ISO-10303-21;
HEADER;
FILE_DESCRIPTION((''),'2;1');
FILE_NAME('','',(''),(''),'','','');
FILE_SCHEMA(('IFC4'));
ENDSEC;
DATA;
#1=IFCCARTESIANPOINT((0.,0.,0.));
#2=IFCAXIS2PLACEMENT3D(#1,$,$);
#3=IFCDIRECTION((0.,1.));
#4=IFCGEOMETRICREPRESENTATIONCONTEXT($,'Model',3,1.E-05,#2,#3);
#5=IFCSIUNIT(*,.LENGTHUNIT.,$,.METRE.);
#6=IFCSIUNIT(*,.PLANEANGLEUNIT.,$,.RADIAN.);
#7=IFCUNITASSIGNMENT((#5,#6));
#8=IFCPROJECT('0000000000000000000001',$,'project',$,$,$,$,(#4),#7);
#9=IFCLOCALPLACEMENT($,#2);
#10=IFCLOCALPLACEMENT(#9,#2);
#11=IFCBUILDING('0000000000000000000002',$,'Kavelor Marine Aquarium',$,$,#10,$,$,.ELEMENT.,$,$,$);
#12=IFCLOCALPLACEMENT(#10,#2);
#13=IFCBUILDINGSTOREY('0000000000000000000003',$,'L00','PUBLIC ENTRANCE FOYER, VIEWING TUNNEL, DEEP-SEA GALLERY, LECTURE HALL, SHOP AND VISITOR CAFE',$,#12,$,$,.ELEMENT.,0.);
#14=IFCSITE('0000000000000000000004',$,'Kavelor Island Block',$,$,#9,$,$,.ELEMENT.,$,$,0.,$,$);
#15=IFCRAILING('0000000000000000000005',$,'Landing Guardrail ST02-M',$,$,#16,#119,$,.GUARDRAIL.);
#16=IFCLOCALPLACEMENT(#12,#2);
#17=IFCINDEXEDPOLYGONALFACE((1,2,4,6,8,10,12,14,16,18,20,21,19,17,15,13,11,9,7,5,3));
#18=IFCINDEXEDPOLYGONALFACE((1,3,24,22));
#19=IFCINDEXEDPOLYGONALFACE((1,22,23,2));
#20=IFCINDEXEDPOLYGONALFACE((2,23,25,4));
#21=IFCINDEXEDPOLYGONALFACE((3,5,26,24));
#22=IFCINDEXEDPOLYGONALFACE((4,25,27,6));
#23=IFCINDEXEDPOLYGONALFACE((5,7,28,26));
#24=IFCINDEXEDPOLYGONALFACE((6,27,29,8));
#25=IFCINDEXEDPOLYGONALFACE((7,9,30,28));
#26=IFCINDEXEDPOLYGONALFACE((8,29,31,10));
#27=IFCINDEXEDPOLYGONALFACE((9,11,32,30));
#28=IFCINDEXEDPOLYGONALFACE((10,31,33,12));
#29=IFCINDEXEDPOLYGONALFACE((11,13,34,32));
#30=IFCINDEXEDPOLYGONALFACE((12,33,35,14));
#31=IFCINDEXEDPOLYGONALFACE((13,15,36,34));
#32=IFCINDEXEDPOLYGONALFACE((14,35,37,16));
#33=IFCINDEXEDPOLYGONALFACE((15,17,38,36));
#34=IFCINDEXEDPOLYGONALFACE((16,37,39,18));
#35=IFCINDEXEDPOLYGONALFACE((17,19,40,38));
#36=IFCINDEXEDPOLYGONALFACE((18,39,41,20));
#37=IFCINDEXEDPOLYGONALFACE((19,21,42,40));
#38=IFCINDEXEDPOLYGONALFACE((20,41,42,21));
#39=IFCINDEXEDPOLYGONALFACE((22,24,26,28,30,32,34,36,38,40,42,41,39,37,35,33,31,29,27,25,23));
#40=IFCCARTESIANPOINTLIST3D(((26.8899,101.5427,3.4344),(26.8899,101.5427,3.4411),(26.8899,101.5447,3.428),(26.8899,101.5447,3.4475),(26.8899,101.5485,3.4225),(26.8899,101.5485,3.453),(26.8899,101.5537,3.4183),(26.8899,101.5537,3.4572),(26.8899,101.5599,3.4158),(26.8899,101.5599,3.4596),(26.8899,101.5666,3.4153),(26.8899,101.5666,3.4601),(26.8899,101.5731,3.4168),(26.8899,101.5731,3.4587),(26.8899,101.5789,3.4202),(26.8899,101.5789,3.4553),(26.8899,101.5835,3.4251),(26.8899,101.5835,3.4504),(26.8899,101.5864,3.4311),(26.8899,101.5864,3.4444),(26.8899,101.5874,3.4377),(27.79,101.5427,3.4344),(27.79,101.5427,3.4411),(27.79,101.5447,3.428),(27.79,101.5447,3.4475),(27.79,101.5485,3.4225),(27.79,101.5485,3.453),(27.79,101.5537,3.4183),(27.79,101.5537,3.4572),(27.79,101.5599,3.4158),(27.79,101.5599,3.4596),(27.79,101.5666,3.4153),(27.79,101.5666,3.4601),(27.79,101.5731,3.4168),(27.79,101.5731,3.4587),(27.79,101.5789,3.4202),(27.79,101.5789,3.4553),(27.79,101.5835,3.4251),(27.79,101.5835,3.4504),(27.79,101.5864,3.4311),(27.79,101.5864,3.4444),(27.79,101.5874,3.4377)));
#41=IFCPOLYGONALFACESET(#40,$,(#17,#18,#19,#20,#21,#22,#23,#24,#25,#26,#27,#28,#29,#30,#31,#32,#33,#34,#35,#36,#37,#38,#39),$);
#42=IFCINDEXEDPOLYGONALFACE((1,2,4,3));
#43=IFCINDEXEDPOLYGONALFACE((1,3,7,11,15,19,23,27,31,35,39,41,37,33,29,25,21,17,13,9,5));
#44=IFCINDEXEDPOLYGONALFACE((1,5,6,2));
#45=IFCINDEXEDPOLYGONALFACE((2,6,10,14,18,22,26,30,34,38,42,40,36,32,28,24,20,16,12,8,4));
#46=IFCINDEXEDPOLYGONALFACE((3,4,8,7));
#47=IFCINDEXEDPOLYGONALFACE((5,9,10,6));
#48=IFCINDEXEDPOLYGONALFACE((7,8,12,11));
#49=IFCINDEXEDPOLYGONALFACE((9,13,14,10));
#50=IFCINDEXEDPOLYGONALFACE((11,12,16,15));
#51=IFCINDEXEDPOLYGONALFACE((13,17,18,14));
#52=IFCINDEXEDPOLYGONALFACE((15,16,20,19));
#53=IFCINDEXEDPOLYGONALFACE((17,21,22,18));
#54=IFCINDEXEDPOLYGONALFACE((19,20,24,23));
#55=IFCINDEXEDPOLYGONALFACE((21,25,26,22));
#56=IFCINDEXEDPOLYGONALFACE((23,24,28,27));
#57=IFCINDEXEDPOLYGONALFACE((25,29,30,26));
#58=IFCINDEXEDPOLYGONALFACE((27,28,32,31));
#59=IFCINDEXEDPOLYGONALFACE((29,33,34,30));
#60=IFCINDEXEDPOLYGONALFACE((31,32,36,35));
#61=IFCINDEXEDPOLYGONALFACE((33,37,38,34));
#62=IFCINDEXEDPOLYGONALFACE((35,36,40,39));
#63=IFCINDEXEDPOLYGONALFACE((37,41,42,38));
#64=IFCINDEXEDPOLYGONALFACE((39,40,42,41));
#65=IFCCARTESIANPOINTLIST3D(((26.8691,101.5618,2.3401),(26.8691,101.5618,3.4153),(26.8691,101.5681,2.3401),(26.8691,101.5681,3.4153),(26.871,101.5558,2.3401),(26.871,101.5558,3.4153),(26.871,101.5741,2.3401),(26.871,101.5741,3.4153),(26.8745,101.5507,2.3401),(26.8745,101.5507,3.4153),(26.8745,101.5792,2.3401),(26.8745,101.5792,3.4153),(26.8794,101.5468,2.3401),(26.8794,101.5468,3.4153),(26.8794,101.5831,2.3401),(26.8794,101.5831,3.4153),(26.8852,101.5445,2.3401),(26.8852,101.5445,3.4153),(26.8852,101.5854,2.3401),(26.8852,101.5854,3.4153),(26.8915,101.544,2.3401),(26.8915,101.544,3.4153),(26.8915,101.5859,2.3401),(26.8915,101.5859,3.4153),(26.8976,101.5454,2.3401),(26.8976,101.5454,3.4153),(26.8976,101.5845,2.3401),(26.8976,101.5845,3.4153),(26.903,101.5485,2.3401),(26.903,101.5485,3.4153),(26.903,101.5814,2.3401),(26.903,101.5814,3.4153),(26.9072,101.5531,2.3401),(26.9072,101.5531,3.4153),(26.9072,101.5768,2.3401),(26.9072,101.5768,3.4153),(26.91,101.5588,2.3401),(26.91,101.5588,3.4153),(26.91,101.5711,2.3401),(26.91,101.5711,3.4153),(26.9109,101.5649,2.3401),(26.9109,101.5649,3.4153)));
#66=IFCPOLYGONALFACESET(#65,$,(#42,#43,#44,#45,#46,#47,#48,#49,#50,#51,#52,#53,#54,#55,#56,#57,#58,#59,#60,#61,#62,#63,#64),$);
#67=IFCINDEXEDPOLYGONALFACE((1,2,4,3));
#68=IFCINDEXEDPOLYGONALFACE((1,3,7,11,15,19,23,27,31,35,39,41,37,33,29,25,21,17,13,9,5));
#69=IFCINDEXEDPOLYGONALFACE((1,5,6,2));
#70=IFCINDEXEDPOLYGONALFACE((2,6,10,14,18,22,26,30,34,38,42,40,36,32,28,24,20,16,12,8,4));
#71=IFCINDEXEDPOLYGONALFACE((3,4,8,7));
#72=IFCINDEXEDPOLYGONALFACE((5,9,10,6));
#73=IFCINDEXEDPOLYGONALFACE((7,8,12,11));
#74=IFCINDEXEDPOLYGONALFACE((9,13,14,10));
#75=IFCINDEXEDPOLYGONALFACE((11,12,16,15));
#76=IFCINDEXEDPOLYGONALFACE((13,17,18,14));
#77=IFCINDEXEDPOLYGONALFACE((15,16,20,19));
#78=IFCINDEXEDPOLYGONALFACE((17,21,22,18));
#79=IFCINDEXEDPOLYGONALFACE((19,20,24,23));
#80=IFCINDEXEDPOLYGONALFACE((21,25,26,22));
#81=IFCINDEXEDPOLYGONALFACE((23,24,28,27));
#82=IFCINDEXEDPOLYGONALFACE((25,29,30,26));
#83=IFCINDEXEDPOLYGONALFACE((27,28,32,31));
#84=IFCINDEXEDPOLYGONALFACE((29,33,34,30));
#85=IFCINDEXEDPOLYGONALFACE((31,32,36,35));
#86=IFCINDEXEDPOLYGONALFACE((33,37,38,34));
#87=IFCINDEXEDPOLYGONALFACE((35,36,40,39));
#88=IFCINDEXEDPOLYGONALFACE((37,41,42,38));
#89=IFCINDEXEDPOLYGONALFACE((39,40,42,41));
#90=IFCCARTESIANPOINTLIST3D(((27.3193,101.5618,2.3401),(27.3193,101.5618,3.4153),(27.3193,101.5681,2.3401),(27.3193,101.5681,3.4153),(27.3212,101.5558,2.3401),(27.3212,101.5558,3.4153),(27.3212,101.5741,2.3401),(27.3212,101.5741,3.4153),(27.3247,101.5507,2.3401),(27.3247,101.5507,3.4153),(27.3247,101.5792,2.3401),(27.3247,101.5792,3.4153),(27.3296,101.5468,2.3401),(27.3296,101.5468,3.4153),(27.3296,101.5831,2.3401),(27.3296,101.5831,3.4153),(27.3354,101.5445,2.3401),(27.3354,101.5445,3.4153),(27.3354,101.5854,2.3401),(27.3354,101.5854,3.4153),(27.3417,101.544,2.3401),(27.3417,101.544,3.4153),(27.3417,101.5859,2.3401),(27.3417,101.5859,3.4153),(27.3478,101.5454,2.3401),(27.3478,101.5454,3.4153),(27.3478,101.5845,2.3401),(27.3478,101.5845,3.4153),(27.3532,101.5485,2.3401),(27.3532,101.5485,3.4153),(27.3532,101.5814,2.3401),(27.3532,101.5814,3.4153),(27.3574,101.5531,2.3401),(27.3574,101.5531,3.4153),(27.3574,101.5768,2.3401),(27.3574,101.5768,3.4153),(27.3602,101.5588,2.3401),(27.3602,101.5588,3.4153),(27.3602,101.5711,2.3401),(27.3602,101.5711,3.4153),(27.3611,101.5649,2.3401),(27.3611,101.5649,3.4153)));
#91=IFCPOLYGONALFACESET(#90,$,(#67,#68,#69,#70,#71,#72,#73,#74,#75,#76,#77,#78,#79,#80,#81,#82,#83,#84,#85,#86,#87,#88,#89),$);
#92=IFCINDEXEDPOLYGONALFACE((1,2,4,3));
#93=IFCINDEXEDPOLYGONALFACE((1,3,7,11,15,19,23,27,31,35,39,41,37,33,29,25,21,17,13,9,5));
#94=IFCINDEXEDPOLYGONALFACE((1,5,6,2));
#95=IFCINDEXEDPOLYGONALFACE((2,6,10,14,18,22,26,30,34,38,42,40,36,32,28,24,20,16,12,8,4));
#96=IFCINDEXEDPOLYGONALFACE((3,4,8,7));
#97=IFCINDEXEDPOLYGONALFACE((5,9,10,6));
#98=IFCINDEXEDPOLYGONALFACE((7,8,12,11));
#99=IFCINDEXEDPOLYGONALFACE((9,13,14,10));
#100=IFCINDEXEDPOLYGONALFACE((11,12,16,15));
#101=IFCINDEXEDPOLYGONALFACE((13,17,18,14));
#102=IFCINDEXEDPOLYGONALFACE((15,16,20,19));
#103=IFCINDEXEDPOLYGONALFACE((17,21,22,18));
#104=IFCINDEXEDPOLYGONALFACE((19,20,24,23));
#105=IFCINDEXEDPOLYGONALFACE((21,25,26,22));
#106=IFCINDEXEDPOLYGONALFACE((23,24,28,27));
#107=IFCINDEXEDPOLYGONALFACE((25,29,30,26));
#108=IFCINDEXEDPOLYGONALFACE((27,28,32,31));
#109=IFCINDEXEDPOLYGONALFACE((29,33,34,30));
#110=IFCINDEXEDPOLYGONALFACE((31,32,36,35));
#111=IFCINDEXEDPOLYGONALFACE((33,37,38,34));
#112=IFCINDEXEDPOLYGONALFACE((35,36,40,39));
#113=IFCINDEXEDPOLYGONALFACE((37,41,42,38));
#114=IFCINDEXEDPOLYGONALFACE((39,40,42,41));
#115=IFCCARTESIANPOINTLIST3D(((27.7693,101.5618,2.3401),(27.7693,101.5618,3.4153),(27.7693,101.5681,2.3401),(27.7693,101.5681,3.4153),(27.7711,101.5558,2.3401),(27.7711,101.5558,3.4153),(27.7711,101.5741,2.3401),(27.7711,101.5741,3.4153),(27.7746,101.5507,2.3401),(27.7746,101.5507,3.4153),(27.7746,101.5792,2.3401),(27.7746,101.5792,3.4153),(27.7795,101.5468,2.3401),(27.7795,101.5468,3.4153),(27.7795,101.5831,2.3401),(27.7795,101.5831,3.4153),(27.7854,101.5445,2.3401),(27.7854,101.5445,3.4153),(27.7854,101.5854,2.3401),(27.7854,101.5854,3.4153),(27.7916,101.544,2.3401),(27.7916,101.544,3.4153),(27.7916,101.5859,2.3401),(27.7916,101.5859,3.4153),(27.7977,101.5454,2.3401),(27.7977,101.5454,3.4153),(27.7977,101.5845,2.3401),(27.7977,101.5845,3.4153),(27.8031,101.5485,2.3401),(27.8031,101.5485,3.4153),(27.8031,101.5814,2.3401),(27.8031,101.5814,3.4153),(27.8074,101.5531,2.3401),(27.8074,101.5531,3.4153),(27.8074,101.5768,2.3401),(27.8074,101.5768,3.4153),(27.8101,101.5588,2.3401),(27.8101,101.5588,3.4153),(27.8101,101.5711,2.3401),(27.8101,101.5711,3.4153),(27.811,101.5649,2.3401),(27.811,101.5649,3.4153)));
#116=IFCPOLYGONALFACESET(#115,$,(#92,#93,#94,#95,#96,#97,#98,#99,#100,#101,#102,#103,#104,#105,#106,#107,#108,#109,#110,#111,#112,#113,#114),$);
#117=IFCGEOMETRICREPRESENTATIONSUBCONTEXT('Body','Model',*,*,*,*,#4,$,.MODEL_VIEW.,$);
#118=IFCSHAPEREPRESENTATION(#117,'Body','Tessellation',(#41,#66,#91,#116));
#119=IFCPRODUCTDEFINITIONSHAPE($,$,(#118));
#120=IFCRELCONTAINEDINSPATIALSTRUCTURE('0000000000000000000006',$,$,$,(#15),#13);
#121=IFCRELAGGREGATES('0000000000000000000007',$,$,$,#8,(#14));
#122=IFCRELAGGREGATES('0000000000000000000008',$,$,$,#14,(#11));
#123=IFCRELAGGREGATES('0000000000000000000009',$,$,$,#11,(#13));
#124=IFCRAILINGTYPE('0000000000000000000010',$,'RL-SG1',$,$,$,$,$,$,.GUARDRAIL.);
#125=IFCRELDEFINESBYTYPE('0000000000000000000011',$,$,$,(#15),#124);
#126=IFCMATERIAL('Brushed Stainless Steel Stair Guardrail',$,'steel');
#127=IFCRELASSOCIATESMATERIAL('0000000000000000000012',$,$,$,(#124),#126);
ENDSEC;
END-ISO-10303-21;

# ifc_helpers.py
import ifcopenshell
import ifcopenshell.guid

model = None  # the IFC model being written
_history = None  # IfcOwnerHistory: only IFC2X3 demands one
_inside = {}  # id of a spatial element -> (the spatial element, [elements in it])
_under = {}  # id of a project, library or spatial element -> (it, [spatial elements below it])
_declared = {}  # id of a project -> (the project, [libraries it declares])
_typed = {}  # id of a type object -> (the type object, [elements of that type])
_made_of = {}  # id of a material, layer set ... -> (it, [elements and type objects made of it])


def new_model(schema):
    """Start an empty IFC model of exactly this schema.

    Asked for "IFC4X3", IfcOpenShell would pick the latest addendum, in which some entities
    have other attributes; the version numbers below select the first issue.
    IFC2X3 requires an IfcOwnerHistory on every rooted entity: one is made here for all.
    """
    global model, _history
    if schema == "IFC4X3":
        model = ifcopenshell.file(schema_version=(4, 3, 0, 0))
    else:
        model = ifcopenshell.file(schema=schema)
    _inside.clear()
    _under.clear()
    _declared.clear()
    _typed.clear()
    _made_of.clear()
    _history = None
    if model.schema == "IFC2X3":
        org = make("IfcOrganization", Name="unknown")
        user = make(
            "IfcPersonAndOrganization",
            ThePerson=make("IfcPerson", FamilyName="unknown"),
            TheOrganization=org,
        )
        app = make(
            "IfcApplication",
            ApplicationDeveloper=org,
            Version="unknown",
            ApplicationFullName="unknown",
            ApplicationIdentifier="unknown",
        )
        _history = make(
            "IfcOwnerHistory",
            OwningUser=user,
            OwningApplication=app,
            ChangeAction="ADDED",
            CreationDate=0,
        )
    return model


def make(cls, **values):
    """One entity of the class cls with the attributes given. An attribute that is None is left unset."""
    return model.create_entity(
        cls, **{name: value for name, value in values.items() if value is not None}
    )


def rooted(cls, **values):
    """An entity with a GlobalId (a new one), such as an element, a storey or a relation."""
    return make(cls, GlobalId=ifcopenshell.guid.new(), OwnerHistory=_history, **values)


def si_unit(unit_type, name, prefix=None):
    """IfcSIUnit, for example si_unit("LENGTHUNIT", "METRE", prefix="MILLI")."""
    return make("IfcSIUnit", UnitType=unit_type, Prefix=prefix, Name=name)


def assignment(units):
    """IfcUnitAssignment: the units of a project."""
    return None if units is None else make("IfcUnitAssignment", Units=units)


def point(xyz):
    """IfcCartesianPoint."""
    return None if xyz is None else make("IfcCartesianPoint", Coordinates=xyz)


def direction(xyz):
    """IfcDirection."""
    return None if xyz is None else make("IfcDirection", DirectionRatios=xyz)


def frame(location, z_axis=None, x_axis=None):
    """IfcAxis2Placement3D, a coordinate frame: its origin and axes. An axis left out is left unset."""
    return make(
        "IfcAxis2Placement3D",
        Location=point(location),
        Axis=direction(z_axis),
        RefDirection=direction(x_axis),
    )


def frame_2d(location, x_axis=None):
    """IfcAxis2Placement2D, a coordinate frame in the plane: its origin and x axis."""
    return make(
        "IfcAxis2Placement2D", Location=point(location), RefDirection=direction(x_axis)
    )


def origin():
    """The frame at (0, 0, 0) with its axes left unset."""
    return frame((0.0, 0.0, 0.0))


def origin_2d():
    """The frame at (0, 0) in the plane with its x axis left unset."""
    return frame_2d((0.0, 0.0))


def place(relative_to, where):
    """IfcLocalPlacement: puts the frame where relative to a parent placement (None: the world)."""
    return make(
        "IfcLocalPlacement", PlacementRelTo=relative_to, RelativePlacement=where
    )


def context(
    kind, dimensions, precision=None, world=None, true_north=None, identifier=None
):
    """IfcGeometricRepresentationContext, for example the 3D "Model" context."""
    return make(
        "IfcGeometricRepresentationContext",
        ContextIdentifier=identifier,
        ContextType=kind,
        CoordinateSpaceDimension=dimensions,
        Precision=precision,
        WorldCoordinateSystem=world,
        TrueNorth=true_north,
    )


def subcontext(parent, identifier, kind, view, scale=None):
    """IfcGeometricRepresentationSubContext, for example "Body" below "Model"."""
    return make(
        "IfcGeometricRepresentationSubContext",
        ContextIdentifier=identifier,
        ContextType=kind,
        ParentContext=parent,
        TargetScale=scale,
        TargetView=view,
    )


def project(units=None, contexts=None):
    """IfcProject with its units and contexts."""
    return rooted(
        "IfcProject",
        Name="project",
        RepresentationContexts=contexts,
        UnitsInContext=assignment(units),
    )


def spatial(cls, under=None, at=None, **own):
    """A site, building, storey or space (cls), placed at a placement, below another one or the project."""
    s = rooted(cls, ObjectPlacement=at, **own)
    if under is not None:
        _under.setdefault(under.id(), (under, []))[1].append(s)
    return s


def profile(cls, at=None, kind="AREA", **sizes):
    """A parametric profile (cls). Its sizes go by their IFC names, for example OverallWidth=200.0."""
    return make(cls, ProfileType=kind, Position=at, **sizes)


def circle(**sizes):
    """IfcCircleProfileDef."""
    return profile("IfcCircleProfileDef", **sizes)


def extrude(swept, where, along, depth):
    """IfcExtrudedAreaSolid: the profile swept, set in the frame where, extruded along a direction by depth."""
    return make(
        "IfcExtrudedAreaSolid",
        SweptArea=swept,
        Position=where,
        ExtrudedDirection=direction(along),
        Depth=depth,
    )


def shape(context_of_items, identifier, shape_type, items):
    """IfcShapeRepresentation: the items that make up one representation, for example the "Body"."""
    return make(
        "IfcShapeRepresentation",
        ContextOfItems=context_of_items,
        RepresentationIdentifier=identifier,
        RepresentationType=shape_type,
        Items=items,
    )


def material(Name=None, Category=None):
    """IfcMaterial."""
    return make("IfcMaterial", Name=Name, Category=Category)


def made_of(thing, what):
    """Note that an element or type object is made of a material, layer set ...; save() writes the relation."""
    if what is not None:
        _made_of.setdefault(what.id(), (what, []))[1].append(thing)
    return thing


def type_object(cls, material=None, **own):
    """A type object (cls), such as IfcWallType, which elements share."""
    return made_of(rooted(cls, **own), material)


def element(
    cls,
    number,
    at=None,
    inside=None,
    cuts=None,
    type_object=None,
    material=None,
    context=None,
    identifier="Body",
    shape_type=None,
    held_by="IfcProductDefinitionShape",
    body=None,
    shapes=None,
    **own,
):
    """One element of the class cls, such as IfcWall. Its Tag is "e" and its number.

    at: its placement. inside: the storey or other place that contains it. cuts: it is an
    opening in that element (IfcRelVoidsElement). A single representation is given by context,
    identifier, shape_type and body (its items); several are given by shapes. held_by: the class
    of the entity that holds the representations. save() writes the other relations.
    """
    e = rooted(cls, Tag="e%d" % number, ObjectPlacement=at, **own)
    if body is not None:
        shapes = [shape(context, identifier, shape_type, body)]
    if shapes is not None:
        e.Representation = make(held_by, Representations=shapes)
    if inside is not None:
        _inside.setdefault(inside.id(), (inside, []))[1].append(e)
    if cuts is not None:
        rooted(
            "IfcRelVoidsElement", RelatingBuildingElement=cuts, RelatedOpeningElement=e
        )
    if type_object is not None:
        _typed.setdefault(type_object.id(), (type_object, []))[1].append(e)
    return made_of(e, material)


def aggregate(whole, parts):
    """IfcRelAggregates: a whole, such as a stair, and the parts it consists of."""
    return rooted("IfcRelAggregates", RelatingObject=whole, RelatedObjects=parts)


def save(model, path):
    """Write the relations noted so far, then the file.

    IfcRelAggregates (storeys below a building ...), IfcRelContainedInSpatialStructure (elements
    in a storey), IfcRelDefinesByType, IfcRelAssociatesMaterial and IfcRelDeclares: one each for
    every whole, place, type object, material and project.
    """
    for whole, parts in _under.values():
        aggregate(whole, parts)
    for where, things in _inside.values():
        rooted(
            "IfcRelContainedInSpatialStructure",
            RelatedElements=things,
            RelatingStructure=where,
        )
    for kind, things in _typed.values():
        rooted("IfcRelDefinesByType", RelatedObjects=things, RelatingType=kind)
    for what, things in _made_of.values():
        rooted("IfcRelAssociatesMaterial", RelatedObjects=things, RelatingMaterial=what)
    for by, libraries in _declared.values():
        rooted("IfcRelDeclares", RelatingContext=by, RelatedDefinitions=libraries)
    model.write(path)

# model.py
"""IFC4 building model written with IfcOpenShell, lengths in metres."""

from ifc_helpers import new_model, si_unit, direction, frame, origin, origin_2d, place, context, subcontext, project, spatial, circle, extrude, material, type_object, element, save


model = new_model("IFC4")

# Units and contexts
model_context = context("Model", 3, precision=1e-05, world=origin(), true_north=direction((0.0, 1.0)))
body_context = subcontext(model_context, "Body", "Model", "MODEL_VIEW")
ifc_project = project(units=[si_unit("LENGTHUNIT", "METRE"), si_unit("PLANEANGLEUNIT", "RADIAN")], contexts=[model_context])

# Site, building, storey
site_placement = place(None, origin())
site = spatial("IfcSite", under=ifc_project, at=site_placement, Name="Kavelor Island Block", CompositionType="ELEMENT", RefElevation=0.0)
building_placement = place(site_placement, origin())
building = spatial("IfcBuilding", under=site, at=building_placement, Name="Kavelor Marine Aquarium", CompositionType="ELEMENT")
storey_placement = place(building_placement, origin())
storey = spatial("IfcBuildingStorey", under=building, at=storey_placement, Name="L00", Description="PUBLIC ENTRANCE FOYER, VIEWING TUNNEL, DEEP-SEA GALLERY, LECTURE HALL, SHOP AND VISITOR CAFE", CompositionType="ELEMENT", Elevation=0.0)

# Railing
ifc_material_1 = material(Name="Brushed Stainless Steel Stair Guardrail", Category="steel")
railing_type_1 = type_object("IfcRailingType", Name="RL-SG1", PredefinedType="GUARDRAIL", material=ifc_material_1)
railing_1_placement = place(storey_placement, frame((26.8899, 101.5649, 2.3401)))
element("IfcRailing", 1, at=railing_1_placement, inside=storey, type_object=railing_type_1, Name="Landing Guardrail ST02-M", PredefinedType="GUARDRAIL", context=body_context, shape_type="SweptSolid", body=[
    extrude(circle(Radius=0.0225, at=origin_2d()), frame((0.0, 0.0, 1.0977), z_axis=(1.0, 0.0, 0.0), x_axis=(0.0, 1.0, 0.0)), (0.0, 0.0, 1.0), 0.9001),
    extrude(circle(Radius=0.021, at=origin_2d()), origin(), (0.0, 0.0, 1.0), 1.0752),
    extrude(circle(Radius=0.021, at=origin_2d()), frame((0.4502, 0.0, 0.0)), (0.0, 0.0, 1.0), 1.0752),
    extrude(circle(Radius=0.021, at=origin_2d()), frame((0.9001, 0.0, 0.0)), (0.0, 0.0, 1.0), 1.0752),
])

save(model, "model.ifc")
